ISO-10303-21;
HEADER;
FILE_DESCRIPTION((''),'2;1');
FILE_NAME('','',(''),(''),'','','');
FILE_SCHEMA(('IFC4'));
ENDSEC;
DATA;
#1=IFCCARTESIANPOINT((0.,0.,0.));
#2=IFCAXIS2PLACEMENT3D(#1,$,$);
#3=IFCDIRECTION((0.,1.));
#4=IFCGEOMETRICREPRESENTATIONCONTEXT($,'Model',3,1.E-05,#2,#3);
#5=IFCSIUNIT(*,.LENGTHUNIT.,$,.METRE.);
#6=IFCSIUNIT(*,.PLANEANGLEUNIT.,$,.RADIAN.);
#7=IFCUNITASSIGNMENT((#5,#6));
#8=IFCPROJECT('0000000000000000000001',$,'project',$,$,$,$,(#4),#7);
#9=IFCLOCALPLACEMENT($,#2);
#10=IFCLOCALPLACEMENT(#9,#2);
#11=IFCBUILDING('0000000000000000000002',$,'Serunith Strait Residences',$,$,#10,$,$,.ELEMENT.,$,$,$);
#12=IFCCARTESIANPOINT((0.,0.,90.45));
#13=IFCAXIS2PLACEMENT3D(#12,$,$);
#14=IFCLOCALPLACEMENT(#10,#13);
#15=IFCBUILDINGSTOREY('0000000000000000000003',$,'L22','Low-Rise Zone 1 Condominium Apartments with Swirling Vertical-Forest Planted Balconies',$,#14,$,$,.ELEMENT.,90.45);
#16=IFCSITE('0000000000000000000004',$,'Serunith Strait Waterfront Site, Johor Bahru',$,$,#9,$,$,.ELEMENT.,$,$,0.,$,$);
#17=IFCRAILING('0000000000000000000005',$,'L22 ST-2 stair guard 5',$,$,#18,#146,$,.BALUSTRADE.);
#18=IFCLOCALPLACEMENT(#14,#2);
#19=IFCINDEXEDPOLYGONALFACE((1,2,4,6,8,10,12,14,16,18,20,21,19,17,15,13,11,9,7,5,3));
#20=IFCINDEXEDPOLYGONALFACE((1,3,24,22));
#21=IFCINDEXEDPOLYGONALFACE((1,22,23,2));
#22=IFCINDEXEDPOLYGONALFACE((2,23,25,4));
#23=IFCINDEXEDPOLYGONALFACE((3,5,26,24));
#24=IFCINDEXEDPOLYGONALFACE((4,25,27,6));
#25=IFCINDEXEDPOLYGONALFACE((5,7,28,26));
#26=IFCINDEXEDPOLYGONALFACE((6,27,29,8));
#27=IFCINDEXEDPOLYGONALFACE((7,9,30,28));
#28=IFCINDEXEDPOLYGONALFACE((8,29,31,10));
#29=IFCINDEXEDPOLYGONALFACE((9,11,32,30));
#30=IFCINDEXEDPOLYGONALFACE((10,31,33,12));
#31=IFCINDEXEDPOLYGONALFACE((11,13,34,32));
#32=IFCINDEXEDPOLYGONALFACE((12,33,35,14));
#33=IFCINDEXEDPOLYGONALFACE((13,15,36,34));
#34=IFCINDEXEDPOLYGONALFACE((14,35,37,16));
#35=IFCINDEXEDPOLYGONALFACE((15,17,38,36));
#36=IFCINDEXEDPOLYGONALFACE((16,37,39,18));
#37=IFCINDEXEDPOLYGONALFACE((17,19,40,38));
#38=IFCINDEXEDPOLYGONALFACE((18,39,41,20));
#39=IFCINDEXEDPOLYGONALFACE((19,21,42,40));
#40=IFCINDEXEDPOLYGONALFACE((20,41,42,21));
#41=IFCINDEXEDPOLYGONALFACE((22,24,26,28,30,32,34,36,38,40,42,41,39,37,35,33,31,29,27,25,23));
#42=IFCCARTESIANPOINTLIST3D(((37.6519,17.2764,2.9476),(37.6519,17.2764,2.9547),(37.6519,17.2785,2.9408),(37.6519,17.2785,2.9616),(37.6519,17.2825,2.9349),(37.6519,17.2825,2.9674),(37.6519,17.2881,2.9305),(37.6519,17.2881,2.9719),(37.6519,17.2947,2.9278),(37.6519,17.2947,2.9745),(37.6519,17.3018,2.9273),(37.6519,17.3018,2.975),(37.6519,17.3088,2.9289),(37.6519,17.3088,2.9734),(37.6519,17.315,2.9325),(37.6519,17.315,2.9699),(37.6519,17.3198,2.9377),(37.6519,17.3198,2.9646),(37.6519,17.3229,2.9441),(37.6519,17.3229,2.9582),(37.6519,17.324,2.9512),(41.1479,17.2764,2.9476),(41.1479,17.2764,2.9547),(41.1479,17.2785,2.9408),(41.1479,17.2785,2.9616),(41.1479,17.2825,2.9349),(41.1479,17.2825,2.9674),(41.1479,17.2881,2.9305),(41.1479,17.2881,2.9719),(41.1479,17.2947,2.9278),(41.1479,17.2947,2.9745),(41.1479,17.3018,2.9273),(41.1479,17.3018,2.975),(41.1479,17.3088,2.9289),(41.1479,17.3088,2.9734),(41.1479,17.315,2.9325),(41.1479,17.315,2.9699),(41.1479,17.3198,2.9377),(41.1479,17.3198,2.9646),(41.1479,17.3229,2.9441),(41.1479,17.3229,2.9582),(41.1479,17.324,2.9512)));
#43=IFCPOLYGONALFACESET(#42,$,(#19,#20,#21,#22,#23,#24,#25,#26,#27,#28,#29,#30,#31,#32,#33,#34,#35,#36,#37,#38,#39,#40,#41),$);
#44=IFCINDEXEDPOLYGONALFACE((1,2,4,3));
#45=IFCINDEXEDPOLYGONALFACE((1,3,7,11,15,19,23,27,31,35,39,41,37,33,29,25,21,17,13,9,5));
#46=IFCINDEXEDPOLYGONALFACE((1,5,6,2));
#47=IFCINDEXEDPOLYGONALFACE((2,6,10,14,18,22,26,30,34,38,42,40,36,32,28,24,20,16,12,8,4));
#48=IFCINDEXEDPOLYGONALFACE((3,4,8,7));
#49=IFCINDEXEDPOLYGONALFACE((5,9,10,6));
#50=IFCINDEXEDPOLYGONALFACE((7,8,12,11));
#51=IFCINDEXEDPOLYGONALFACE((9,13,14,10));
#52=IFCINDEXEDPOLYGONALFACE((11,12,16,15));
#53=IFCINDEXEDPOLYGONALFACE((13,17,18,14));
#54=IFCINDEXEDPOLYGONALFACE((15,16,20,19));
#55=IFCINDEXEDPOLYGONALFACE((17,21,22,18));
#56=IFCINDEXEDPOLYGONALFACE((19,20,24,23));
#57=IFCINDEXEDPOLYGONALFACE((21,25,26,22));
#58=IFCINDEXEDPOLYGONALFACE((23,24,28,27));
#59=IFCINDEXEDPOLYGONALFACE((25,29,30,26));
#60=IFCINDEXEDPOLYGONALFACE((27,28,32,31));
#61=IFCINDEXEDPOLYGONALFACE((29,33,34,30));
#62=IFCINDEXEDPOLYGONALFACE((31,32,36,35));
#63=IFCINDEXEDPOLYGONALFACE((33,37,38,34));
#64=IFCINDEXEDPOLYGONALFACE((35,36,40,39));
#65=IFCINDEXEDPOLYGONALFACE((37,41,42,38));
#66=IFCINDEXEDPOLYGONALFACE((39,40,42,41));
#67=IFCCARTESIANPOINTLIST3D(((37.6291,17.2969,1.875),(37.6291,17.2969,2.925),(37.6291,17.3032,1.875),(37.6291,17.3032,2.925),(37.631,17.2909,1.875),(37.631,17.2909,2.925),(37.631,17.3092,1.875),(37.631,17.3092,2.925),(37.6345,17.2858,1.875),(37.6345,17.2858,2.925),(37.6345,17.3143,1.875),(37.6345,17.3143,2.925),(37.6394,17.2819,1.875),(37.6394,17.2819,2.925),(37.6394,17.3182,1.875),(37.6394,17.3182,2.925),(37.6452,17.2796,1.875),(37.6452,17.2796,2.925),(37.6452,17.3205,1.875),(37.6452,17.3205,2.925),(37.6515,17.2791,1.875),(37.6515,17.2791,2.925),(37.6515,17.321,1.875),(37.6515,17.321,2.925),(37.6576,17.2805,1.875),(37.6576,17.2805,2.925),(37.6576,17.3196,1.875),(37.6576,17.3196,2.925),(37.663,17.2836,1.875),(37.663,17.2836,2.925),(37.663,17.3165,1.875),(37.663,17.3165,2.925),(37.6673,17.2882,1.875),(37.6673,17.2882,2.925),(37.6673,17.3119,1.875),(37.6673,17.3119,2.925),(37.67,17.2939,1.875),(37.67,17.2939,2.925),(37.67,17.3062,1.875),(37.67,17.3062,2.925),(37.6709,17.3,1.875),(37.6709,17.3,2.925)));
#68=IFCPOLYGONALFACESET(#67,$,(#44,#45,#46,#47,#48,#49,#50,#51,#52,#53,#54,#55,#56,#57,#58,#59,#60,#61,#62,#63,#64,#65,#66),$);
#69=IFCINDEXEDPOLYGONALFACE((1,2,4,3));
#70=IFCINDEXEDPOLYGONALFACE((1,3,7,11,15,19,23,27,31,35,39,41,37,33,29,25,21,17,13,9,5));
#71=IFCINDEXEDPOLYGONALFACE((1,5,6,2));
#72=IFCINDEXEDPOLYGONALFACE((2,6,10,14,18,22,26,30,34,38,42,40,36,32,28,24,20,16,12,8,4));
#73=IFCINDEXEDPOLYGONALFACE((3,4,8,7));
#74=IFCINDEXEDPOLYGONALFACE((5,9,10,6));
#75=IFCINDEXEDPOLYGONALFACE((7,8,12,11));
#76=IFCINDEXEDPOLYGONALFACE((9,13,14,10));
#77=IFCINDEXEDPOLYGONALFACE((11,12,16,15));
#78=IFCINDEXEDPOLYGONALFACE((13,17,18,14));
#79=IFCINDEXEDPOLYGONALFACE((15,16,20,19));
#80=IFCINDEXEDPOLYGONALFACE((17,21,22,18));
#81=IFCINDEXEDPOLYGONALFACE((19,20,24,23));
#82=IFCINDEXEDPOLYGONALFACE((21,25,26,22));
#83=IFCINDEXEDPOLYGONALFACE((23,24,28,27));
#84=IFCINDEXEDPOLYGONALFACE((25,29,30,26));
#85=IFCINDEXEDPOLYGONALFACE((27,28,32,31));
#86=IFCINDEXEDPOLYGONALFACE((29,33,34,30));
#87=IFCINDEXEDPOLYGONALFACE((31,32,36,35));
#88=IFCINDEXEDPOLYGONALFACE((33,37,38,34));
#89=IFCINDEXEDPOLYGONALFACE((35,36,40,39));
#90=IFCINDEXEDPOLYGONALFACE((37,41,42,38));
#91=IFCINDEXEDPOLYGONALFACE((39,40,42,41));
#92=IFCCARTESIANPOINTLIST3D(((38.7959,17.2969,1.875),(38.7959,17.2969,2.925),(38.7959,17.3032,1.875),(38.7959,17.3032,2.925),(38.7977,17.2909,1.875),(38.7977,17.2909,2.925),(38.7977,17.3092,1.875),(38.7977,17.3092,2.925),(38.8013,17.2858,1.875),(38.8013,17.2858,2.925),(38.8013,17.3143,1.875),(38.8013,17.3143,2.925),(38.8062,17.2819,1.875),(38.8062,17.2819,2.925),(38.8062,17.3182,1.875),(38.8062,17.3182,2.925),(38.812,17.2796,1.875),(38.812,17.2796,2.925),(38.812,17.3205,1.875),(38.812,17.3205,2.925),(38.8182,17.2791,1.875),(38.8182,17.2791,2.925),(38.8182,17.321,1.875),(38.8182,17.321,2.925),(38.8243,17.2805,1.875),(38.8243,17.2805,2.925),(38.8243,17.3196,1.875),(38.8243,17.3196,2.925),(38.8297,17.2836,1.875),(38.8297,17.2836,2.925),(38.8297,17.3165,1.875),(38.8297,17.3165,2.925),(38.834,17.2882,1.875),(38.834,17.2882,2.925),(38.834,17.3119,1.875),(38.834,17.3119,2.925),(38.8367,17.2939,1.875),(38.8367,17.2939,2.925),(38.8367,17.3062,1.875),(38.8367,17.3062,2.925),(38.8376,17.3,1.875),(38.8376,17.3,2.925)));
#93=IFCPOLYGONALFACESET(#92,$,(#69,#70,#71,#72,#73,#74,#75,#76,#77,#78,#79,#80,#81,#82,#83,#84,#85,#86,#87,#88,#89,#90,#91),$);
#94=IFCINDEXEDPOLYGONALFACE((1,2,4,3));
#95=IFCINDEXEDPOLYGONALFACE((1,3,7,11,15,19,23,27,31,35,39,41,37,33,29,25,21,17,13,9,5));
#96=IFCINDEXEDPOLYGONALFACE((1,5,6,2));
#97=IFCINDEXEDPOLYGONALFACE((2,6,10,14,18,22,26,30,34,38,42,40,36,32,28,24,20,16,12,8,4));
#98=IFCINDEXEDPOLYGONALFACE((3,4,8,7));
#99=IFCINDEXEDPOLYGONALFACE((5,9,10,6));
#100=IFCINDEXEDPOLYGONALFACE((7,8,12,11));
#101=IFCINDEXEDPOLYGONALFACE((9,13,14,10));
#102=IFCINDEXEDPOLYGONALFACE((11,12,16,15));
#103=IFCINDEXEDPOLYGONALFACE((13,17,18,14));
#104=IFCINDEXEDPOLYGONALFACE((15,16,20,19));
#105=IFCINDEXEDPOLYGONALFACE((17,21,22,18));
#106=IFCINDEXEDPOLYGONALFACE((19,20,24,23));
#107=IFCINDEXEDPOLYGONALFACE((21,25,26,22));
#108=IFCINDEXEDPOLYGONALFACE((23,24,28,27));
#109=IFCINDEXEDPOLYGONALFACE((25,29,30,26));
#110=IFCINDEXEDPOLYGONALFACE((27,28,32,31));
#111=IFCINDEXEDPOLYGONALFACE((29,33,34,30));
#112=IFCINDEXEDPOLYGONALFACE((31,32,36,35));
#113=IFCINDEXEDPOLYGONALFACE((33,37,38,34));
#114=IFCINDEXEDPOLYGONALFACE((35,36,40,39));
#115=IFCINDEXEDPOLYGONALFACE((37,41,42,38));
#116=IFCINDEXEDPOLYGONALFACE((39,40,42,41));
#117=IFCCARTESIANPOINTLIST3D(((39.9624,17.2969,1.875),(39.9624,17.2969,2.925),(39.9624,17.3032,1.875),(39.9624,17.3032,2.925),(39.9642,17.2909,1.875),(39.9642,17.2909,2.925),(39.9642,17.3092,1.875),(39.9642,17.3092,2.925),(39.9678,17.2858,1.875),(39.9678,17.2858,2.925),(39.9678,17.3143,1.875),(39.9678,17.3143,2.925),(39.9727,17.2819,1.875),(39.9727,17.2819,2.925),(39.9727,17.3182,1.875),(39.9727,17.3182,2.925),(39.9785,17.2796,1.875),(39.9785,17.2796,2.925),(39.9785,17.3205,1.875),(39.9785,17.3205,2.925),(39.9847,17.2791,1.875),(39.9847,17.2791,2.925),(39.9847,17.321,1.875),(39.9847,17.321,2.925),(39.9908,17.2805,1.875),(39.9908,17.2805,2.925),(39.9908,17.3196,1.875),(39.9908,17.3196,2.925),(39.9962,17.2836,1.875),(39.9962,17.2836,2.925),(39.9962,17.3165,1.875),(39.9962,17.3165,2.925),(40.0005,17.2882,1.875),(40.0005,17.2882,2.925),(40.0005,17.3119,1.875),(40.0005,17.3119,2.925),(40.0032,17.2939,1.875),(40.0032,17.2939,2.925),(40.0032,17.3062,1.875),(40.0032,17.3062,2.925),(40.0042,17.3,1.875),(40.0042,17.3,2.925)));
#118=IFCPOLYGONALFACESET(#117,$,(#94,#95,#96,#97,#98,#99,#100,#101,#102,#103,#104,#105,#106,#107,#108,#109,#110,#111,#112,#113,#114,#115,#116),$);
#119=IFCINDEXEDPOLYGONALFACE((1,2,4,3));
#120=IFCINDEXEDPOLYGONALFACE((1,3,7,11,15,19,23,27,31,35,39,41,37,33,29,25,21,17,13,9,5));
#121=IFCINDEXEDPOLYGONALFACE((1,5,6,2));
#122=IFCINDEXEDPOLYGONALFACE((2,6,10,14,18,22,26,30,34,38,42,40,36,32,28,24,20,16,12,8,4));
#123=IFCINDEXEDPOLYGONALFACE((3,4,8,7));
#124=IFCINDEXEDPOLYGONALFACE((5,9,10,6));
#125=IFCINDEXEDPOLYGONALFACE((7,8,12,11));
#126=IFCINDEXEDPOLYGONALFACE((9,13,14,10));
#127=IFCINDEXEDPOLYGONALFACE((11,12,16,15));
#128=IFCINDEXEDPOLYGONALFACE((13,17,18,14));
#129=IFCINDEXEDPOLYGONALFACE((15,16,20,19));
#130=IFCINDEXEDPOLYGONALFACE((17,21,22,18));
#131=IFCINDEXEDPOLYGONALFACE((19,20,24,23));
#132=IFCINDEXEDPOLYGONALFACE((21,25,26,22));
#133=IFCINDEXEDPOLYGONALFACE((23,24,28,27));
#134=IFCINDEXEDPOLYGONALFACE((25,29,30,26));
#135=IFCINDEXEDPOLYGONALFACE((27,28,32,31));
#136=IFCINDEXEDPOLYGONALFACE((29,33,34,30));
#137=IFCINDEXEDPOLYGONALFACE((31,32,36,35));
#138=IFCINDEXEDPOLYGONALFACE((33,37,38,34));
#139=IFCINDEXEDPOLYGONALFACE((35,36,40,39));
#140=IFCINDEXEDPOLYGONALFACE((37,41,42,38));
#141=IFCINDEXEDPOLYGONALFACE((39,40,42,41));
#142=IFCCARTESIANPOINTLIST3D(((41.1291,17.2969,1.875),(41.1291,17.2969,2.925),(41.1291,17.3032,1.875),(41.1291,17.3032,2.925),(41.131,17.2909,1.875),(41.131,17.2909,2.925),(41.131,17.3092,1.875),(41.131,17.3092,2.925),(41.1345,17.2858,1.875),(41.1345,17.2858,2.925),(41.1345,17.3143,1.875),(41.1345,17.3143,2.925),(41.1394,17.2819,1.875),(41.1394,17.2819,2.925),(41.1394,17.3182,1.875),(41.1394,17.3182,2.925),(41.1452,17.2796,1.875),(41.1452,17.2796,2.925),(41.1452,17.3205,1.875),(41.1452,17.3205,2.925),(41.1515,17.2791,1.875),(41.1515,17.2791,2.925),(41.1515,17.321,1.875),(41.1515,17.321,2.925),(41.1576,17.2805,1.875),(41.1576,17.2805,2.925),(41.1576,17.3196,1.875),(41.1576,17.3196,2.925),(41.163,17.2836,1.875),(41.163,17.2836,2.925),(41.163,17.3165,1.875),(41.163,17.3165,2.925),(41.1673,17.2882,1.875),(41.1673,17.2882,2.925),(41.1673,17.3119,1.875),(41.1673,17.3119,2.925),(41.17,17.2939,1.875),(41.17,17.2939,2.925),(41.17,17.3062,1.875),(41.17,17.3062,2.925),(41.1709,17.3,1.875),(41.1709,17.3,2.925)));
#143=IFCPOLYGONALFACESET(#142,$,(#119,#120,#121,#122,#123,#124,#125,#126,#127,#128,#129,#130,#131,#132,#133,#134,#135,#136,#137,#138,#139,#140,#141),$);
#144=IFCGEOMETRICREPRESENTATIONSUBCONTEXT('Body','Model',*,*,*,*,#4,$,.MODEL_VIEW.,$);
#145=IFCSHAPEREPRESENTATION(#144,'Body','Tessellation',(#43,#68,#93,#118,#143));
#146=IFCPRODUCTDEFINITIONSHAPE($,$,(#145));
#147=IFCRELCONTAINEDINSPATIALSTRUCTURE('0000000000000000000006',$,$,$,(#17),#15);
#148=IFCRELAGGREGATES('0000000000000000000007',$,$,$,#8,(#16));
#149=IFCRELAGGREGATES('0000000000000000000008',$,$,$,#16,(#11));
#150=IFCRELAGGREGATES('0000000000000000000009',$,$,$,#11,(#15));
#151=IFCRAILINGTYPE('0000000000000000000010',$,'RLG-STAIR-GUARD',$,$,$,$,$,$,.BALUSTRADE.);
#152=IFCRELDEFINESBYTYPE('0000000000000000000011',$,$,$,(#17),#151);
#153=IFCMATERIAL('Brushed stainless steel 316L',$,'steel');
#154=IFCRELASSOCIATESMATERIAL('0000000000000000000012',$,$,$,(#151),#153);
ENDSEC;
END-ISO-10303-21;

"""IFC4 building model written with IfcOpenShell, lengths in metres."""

from ifc_helpers import new_model, si_unit, direction, frame, origin, origin_2d, place, context, subcontext, project, spatial, circle, extrude, material, type_object, element, save


model = new_model("IFC4")

# Units and contexts
model_context = context("Model", 3, precision=1e-05, world=origin(), true_north=direction((0.0, 1.0)))
body_context = subcontext(model_context, "Body", "Model", "MODEL_VIEW")
ifc_project = project(units=[si_unit("LENGTHUNIT", "METRE"), si_unit("PLANEANGLEUNIT", "RADIAN")], contexts=[model_context])

# Site, building, storey
site_placement = place(None, origin())
site = spatial("IfcSite", under=ifc_project, at=site_placement, Name="Serunith Strait Waterfront Site, Johor Bahru", CompositionType="ELEMENT", RefElevation=0.0)
building_placement = place(site_placement, origin())
building = spatial("IfcBuilding", under=site, at=building_placement, Name="Serunith Strait Residences", CompositionType="ELEMENT")
storey_placement = place(building_placement, frame((0.0, 0.0, 90.45)))
storey = spatial("IfcBuildingStorey", under=building, at=storey_placement, Name="L22", Description="Low-Rise Zone 1 Condominium Apartments with Swirling Vertical-Forest Planted Balconies", CompositionType="ELEMENT", Elevation=90.45)

# Railing
ifc_material_1 = material(Name="Brushed stainless steel 316L", Category="steel")
railing_type_1 = type_object("IfcRailingType", Name="RLG-STAIR-GUARD", PredefinedType="BALUSTRADE", material=ifc_material_1)
railing_1_placement = place(storey_placement, frame((37.6499, 17.3, 1.875)))
element("IfcRailing", 1, at=railing_1_placement, inside=storey, type_object=railing_type_1, Name="L22 ST-2 stair guard 5", PredefinedType="BALUSTRADE", context=body_context, shape_type="SweptSolid", body=[
    extrude(circle(Radius=0.0239, at=origin_2d()), frame((0.002, 0.0, 1.0762), z_axis=(1.0, 0.0, 0.0), x_axis=(0.0, 1.0, 0.0)), (0.0, 0.0, 1.0), 3.4961),
    extrude(circle(Radius=0.021, at=origin_2d()), origin(), (0.0, 0.0, 1.0), 1.05),
    extrude(circle(Radius=0.021, at=origin_2d()), frame((1.1667, 0.0, 0.0)), (0.0, 0.0, 1.0), 1.05),
    extrude(circle(Radius=0.021, at=origin_2d()), frame((2.3333, 0.0, 0.0)), (0.0, 0.0, 1.0), 1.05),
    extrude(circle(Radius=0.021, at=origin_2d()), frame((3.5, 0.0, 0.0)), (0.0, 0.0, 1.0), 1.05),
])

save(model, "model.ifc")
